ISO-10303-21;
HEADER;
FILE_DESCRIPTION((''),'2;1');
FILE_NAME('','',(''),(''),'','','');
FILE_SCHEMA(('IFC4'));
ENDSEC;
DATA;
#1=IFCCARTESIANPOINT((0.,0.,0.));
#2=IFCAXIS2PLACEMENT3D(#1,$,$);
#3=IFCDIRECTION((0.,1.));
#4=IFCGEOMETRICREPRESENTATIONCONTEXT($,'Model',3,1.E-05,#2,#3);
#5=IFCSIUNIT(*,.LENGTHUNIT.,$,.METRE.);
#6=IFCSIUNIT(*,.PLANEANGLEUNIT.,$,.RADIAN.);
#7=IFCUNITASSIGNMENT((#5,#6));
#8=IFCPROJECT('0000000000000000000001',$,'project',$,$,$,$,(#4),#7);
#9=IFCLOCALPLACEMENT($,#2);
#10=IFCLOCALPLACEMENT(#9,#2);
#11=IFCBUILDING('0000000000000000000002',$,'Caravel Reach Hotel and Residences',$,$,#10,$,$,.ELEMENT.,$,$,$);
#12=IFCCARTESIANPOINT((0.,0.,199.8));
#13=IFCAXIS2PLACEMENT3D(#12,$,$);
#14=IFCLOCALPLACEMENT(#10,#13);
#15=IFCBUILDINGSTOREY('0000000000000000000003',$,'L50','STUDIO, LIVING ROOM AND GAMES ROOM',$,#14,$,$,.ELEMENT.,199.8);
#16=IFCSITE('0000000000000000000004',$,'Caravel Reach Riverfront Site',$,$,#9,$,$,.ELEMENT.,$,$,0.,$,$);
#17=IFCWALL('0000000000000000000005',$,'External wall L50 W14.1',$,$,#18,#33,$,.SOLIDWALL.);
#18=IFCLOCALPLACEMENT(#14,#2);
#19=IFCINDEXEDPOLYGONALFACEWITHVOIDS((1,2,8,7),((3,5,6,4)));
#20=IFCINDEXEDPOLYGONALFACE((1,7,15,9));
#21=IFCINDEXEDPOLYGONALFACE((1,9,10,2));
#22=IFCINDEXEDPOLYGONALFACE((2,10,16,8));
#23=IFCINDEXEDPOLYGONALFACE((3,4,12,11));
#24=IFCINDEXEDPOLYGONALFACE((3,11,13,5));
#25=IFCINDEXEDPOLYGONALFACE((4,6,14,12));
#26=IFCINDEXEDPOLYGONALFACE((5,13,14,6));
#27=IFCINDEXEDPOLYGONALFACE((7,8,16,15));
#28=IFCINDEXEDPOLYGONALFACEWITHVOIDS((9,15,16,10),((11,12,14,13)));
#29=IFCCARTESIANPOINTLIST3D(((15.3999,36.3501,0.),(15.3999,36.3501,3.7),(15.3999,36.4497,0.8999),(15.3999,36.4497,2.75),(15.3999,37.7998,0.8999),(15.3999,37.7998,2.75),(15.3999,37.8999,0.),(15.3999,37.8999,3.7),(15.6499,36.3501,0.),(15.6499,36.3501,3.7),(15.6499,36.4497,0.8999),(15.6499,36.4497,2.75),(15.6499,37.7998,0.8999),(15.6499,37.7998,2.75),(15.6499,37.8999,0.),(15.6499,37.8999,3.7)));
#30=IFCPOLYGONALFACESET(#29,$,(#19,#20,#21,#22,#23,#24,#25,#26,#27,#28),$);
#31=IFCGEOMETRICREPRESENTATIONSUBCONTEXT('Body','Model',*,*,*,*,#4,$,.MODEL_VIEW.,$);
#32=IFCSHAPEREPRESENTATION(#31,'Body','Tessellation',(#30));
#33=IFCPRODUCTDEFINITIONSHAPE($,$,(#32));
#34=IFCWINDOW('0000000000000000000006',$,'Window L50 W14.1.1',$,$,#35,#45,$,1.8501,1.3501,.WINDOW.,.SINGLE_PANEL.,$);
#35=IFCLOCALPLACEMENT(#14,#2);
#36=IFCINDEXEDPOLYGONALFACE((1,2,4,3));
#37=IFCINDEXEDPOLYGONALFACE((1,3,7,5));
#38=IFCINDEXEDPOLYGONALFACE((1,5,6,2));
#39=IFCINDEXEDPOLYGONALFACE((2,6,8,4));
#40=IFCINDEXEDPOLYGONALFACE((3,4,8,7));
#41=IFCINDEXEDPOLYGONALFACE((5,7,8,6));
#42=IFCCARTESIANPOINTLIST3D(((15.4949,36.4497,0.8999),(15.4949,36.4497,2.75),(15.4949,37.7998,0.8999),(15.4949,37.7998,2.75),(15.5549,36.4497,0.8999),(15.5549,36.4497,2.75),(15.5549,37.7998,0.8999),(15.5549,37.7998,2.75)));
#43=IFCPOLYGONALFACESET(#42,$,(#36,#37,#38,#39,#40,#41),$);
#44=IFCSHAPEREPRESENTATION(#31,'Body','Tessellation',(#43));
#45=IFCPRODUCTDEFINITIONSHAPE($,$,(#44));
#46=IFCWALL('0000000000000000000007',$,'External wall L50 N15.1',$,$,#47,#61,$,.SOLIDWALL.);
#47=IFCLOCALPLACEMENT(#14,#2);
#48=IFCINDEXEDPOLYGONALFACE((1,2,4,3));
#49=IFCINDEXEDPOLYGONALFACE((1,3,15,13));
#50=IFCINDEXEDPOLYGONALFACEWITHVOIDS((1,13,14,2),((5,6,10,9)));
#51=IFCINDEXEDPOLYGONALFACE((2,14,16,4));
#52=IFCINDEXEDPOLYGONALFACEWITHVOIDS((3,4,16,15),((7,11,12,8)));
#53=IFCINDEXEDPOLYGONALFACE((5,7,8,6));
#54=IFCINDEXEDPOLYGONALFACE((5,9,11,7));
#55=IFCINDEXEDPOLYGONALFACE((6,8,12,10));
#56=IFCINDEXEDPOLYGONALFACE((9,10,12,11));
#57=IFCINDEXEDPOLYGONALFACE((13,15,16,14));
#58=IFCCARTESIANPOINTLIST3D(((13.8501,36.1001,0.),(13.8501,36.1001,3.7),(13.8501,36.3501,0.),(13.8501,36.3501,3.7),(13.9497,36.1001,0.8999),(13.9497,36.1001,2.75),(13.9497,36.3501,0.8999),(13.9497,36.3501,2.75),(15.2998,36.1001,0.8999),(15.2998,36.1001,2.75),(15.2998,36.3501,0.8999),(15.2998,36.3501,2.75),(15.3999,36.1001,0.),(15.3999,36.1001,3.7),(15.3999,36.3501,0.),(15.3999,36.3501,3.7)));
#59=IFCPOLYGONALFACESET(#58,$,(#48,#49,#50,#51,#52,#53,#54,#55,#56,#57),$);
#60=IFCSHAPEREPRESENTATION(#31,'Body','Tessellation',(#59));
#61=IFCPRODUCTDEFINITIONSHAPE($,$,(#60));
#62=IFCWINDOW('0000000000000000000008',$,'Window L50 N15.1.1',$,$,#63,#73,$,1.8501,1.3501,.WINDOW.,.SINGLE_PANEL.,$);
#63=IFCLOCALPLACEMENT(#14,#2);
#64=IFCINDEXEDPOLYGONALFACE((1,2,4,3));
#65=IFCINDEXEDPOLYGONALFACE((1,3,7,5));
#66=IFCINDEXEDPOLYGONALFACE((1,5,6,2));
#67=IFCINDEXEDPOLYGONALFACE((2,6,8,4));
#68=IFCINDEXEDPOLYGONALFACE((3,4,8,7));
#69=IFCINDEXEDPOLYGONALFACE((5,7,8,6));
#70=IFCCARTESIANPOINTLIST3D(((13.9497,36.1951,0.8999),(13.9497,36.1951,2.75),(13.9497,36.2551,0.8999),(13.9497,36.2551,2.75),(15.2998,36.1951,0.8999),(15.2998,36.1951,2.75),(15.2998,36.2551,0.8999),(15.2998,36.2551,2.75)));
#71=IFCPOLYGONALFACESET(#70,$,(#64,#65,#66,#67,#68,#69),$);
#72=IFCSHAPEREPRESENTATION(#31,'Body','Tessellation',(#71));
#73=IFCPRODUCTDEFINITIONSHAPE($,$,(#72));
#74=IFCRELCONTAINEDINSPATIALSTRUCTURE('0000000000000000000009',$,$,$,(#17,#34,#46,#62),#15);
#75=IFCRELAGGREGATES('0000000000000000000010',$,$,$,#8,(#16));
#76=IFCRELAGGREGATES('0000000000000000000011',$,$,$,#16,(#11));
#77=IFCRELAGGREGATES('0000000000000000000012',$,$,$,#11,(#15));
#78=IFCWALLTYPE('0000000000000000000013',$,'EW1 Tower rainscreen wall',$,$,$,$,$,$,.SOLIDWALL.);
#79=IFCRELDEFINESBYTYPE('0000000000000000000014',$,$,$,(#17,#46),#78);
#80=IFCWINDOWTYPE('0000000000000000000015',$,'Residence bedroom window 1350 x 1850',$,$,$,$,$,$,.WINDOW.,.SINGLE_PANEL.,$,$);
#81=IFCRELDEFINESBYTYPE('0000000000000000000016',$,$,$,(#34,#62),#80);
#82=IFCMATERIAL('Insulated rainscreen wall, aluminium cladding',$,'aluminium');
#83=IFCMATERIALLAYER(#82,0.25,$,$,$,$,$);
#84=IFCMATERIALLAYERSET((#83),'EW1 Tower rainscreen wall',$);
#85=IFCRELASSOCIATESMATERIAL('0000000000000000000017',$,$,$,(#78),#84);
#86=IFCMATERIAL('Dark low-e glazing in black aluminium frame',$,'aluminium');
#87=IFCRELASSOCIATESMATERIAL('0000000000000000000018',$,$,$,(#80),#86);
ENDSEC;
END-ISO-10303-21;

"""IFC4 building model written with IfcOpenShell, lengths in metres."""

from ifc_helpers import new_model, si_unit, direction, frame, frame_2d, origin, place, context, subcontext, project, spatial, rectangle, extrude, material, layer, layer_set, type_object, element, fill, save


model = new_model("IFC4")

# Units and contexts
model_context = context("Model", 3, precision=1e-05, world=origin(), true_north=direction((0.0, 1.0)))
body_context = subcontext(model_context, "Body", "Model", "MODEL_VIEW")
ifc_project = project(units=[si_unit("LENGTHUNIT", "METRE"), si_unit("PLANEANGLEUNIT", "RADIAN")], contexts=[model_context])

# Site, building, storey
site_placement = place(None, origin())
site = spatial("IfcSite", under=ifc_project, at=site_placement, Name="Caravel Reach Riverfront Site", CompositionType="ELEMENT", RefElevation=0.0)
building_placement = place(site_placement, origin())
building = spatial("IfcBuilding", under=site, at=building_placement, Name="Caravel Reach Hotel and Residences", CompositionType="ELEMENT")
storey_placement = place(building_placement, frame((0.0, 0.0, 199.8)))
storey = spatial("IfcBuildingStorey", under=building, at=storey_placement, Name="L50", Description="STUDIO, LIVING ROOM AND GAMES ROOM", CompositionType="ELEMENT", Elevation=199.8)

# Shared definitions
ifc_material_1 = material(Name="Insulated rainscreen wall, aluminium cladding", Category="aluminium")
ifc_layer_1 = layer(ifc_material_1, 0.25)
ifc_layer_set_1 = layer_set([ifc_layer_1], Name="EW1 Tower rainscreen wall")
wall_type_1 = type_object("IfcWallType", Name="EW1 Tower rainscreen wall", PredefinedType="SOLIDWALL", material=ifc_layer_set_1)

# Walls, openings, windows
ifc_material_2 = material(Name="Dark low-e glazing in black aluminium frame", Category="aluminium")
window_type_1 = type_object("IfcWindowType", Name="Residence bedroom window 1350 x 1850", PartitioningType="SINGLE_PANEL", PredefinedType="WINDOW", material=ifc_material_2)
wall_1_placement = place(storey_placement, frame((15.5249, 37.8999, 0.0), z_axis=(0.0, 0.0, 1.0), x_axis=(0.0, -1.0, 0.0)))
wall_1 = element("IfcWall", 1, at=wall_1_placement, inside=storey, type_object=wall_type_1, Name="External wall L50 W14.1", PredefinedType="SOLIDWALL", context=body_context, shape_type="SweptSolid", body=[
    extrude(rectangle(XDim=1.5498, YDim=0.25, at=frame_2d((0.7749, 0.0))), origin(), (0.0, 0.0, 1.0), 3.7),
])
opening_1_placement = place(wall_1_placement, frame((0.1001, 0.0, 0.8999)))
opening_1 = element("IfcOpeningElement", 2, at=opening_1_placement, cuts=wall_1, PredefinedType="OPENING", context=body_context, shape_type="SweptSolid", body=[
    extrude(rectangle(XDim=1.3501, YDim=1.8501, at=frame_2d((0.675, 0.925))), frame((0.0, 0.135, 0.0), z_axis=(0.0, -1.0, 0.0), x_axis=(1.0, 0.0, 0.0)), (0.0, 0.0, 1.0), 0.27),
])
window_1_placement = place(opening_1_placement, origin())
window_1 = element("IfcWindow", 3, at=window_1_placement, inside=storey, type_object=window_type_1, Name="Window L50 W14.1.1", OverallHeight=1.8501, OverallWidth=1.3501, PartitioningType="SINGLE_PANEL", PredefinedType="WINDOW", context=body_context, shape_type="SweptSolid", body=[
    extrude(rectangle(XDim=1.3501, YDim=1.8501, at=frame_2d((0.675, 0.925))), frame((0.0, 0.03, 0.0), z_axis=(0.0, -1.0, 0.0), x_axis=(1.0, 0.0, 0.0)), (0.0, 0.0, 1.0), 0.0601),
])
fill(opening_1, window_1)
wall_2_placement = place(storey_placement, frame((15.3999, 36.2251, 0.0), z_axis=(0.0, 0.0, 1.0), x_axis=(-1.0, 0.0, 0.0)))
wall_2 = element("IfcWall", 4, at=wall_2_placement, inside=storey, type_object=wall_type_1, Name="External wall L50 N15.1", PredefinedType="SOLIDWALL", context=body_context, shape_type="SweptSolid", body=[
    extrude(rectangle(XDim=1.5498, YDim=0.25, at=frame_2d((0.7749, 0.0))), origin(), (0.0, 0.0, 1.0), 3.7),
])
opening_2_placement = place(wall_2_placement, frame((0.1001, 0.0, 0.8999)))
opening_2 = element("IfcOpeningElement", 5, at=opening_2_placement, cuts=wall_2, PredefinedType="OPENING", context=body_context, shape_type="SweptSolid", body=[
    extrude(rectangle(XDim=1.3501, YDim=1.8501, at=frame_2d((0.675, 0.925))), frame((0.0, 0.135, 0.0), z_axis=(0.0, -1.0, 0.0), x_axis=(1.0, 0.0, 0.0)), (0.0, 0.0, 1.0), 0.27),
])
window_2_placement = place(opening_2_placement, origin())
window_2 = element("IfcWindow", 6, at=window_2_placement, inside=storey, type_object=window_type_1, Name="Window L50 N15.1.1", OverallHeight=1.8501, OverallWidth=1.3501, PartitioningType="SINGLE_PANEL", PredefinedType="WINDOW", context=body_context, shape_type="SweptSolid", body=[
    extrude(rectangle(XDim=1.3501, YDim=1.8501, at=frame_2d((0.675, 0.925))), frame((0.0, 0.03, 0.0), z_axis=(0.0, -1.0, 0.0), x_axis=(1.0, 0.0, 0.0)), (0.0, 0.0, 1.0), 0.0601),
])
fill(opening_2, window_2)

save(model, "model.ifc")
